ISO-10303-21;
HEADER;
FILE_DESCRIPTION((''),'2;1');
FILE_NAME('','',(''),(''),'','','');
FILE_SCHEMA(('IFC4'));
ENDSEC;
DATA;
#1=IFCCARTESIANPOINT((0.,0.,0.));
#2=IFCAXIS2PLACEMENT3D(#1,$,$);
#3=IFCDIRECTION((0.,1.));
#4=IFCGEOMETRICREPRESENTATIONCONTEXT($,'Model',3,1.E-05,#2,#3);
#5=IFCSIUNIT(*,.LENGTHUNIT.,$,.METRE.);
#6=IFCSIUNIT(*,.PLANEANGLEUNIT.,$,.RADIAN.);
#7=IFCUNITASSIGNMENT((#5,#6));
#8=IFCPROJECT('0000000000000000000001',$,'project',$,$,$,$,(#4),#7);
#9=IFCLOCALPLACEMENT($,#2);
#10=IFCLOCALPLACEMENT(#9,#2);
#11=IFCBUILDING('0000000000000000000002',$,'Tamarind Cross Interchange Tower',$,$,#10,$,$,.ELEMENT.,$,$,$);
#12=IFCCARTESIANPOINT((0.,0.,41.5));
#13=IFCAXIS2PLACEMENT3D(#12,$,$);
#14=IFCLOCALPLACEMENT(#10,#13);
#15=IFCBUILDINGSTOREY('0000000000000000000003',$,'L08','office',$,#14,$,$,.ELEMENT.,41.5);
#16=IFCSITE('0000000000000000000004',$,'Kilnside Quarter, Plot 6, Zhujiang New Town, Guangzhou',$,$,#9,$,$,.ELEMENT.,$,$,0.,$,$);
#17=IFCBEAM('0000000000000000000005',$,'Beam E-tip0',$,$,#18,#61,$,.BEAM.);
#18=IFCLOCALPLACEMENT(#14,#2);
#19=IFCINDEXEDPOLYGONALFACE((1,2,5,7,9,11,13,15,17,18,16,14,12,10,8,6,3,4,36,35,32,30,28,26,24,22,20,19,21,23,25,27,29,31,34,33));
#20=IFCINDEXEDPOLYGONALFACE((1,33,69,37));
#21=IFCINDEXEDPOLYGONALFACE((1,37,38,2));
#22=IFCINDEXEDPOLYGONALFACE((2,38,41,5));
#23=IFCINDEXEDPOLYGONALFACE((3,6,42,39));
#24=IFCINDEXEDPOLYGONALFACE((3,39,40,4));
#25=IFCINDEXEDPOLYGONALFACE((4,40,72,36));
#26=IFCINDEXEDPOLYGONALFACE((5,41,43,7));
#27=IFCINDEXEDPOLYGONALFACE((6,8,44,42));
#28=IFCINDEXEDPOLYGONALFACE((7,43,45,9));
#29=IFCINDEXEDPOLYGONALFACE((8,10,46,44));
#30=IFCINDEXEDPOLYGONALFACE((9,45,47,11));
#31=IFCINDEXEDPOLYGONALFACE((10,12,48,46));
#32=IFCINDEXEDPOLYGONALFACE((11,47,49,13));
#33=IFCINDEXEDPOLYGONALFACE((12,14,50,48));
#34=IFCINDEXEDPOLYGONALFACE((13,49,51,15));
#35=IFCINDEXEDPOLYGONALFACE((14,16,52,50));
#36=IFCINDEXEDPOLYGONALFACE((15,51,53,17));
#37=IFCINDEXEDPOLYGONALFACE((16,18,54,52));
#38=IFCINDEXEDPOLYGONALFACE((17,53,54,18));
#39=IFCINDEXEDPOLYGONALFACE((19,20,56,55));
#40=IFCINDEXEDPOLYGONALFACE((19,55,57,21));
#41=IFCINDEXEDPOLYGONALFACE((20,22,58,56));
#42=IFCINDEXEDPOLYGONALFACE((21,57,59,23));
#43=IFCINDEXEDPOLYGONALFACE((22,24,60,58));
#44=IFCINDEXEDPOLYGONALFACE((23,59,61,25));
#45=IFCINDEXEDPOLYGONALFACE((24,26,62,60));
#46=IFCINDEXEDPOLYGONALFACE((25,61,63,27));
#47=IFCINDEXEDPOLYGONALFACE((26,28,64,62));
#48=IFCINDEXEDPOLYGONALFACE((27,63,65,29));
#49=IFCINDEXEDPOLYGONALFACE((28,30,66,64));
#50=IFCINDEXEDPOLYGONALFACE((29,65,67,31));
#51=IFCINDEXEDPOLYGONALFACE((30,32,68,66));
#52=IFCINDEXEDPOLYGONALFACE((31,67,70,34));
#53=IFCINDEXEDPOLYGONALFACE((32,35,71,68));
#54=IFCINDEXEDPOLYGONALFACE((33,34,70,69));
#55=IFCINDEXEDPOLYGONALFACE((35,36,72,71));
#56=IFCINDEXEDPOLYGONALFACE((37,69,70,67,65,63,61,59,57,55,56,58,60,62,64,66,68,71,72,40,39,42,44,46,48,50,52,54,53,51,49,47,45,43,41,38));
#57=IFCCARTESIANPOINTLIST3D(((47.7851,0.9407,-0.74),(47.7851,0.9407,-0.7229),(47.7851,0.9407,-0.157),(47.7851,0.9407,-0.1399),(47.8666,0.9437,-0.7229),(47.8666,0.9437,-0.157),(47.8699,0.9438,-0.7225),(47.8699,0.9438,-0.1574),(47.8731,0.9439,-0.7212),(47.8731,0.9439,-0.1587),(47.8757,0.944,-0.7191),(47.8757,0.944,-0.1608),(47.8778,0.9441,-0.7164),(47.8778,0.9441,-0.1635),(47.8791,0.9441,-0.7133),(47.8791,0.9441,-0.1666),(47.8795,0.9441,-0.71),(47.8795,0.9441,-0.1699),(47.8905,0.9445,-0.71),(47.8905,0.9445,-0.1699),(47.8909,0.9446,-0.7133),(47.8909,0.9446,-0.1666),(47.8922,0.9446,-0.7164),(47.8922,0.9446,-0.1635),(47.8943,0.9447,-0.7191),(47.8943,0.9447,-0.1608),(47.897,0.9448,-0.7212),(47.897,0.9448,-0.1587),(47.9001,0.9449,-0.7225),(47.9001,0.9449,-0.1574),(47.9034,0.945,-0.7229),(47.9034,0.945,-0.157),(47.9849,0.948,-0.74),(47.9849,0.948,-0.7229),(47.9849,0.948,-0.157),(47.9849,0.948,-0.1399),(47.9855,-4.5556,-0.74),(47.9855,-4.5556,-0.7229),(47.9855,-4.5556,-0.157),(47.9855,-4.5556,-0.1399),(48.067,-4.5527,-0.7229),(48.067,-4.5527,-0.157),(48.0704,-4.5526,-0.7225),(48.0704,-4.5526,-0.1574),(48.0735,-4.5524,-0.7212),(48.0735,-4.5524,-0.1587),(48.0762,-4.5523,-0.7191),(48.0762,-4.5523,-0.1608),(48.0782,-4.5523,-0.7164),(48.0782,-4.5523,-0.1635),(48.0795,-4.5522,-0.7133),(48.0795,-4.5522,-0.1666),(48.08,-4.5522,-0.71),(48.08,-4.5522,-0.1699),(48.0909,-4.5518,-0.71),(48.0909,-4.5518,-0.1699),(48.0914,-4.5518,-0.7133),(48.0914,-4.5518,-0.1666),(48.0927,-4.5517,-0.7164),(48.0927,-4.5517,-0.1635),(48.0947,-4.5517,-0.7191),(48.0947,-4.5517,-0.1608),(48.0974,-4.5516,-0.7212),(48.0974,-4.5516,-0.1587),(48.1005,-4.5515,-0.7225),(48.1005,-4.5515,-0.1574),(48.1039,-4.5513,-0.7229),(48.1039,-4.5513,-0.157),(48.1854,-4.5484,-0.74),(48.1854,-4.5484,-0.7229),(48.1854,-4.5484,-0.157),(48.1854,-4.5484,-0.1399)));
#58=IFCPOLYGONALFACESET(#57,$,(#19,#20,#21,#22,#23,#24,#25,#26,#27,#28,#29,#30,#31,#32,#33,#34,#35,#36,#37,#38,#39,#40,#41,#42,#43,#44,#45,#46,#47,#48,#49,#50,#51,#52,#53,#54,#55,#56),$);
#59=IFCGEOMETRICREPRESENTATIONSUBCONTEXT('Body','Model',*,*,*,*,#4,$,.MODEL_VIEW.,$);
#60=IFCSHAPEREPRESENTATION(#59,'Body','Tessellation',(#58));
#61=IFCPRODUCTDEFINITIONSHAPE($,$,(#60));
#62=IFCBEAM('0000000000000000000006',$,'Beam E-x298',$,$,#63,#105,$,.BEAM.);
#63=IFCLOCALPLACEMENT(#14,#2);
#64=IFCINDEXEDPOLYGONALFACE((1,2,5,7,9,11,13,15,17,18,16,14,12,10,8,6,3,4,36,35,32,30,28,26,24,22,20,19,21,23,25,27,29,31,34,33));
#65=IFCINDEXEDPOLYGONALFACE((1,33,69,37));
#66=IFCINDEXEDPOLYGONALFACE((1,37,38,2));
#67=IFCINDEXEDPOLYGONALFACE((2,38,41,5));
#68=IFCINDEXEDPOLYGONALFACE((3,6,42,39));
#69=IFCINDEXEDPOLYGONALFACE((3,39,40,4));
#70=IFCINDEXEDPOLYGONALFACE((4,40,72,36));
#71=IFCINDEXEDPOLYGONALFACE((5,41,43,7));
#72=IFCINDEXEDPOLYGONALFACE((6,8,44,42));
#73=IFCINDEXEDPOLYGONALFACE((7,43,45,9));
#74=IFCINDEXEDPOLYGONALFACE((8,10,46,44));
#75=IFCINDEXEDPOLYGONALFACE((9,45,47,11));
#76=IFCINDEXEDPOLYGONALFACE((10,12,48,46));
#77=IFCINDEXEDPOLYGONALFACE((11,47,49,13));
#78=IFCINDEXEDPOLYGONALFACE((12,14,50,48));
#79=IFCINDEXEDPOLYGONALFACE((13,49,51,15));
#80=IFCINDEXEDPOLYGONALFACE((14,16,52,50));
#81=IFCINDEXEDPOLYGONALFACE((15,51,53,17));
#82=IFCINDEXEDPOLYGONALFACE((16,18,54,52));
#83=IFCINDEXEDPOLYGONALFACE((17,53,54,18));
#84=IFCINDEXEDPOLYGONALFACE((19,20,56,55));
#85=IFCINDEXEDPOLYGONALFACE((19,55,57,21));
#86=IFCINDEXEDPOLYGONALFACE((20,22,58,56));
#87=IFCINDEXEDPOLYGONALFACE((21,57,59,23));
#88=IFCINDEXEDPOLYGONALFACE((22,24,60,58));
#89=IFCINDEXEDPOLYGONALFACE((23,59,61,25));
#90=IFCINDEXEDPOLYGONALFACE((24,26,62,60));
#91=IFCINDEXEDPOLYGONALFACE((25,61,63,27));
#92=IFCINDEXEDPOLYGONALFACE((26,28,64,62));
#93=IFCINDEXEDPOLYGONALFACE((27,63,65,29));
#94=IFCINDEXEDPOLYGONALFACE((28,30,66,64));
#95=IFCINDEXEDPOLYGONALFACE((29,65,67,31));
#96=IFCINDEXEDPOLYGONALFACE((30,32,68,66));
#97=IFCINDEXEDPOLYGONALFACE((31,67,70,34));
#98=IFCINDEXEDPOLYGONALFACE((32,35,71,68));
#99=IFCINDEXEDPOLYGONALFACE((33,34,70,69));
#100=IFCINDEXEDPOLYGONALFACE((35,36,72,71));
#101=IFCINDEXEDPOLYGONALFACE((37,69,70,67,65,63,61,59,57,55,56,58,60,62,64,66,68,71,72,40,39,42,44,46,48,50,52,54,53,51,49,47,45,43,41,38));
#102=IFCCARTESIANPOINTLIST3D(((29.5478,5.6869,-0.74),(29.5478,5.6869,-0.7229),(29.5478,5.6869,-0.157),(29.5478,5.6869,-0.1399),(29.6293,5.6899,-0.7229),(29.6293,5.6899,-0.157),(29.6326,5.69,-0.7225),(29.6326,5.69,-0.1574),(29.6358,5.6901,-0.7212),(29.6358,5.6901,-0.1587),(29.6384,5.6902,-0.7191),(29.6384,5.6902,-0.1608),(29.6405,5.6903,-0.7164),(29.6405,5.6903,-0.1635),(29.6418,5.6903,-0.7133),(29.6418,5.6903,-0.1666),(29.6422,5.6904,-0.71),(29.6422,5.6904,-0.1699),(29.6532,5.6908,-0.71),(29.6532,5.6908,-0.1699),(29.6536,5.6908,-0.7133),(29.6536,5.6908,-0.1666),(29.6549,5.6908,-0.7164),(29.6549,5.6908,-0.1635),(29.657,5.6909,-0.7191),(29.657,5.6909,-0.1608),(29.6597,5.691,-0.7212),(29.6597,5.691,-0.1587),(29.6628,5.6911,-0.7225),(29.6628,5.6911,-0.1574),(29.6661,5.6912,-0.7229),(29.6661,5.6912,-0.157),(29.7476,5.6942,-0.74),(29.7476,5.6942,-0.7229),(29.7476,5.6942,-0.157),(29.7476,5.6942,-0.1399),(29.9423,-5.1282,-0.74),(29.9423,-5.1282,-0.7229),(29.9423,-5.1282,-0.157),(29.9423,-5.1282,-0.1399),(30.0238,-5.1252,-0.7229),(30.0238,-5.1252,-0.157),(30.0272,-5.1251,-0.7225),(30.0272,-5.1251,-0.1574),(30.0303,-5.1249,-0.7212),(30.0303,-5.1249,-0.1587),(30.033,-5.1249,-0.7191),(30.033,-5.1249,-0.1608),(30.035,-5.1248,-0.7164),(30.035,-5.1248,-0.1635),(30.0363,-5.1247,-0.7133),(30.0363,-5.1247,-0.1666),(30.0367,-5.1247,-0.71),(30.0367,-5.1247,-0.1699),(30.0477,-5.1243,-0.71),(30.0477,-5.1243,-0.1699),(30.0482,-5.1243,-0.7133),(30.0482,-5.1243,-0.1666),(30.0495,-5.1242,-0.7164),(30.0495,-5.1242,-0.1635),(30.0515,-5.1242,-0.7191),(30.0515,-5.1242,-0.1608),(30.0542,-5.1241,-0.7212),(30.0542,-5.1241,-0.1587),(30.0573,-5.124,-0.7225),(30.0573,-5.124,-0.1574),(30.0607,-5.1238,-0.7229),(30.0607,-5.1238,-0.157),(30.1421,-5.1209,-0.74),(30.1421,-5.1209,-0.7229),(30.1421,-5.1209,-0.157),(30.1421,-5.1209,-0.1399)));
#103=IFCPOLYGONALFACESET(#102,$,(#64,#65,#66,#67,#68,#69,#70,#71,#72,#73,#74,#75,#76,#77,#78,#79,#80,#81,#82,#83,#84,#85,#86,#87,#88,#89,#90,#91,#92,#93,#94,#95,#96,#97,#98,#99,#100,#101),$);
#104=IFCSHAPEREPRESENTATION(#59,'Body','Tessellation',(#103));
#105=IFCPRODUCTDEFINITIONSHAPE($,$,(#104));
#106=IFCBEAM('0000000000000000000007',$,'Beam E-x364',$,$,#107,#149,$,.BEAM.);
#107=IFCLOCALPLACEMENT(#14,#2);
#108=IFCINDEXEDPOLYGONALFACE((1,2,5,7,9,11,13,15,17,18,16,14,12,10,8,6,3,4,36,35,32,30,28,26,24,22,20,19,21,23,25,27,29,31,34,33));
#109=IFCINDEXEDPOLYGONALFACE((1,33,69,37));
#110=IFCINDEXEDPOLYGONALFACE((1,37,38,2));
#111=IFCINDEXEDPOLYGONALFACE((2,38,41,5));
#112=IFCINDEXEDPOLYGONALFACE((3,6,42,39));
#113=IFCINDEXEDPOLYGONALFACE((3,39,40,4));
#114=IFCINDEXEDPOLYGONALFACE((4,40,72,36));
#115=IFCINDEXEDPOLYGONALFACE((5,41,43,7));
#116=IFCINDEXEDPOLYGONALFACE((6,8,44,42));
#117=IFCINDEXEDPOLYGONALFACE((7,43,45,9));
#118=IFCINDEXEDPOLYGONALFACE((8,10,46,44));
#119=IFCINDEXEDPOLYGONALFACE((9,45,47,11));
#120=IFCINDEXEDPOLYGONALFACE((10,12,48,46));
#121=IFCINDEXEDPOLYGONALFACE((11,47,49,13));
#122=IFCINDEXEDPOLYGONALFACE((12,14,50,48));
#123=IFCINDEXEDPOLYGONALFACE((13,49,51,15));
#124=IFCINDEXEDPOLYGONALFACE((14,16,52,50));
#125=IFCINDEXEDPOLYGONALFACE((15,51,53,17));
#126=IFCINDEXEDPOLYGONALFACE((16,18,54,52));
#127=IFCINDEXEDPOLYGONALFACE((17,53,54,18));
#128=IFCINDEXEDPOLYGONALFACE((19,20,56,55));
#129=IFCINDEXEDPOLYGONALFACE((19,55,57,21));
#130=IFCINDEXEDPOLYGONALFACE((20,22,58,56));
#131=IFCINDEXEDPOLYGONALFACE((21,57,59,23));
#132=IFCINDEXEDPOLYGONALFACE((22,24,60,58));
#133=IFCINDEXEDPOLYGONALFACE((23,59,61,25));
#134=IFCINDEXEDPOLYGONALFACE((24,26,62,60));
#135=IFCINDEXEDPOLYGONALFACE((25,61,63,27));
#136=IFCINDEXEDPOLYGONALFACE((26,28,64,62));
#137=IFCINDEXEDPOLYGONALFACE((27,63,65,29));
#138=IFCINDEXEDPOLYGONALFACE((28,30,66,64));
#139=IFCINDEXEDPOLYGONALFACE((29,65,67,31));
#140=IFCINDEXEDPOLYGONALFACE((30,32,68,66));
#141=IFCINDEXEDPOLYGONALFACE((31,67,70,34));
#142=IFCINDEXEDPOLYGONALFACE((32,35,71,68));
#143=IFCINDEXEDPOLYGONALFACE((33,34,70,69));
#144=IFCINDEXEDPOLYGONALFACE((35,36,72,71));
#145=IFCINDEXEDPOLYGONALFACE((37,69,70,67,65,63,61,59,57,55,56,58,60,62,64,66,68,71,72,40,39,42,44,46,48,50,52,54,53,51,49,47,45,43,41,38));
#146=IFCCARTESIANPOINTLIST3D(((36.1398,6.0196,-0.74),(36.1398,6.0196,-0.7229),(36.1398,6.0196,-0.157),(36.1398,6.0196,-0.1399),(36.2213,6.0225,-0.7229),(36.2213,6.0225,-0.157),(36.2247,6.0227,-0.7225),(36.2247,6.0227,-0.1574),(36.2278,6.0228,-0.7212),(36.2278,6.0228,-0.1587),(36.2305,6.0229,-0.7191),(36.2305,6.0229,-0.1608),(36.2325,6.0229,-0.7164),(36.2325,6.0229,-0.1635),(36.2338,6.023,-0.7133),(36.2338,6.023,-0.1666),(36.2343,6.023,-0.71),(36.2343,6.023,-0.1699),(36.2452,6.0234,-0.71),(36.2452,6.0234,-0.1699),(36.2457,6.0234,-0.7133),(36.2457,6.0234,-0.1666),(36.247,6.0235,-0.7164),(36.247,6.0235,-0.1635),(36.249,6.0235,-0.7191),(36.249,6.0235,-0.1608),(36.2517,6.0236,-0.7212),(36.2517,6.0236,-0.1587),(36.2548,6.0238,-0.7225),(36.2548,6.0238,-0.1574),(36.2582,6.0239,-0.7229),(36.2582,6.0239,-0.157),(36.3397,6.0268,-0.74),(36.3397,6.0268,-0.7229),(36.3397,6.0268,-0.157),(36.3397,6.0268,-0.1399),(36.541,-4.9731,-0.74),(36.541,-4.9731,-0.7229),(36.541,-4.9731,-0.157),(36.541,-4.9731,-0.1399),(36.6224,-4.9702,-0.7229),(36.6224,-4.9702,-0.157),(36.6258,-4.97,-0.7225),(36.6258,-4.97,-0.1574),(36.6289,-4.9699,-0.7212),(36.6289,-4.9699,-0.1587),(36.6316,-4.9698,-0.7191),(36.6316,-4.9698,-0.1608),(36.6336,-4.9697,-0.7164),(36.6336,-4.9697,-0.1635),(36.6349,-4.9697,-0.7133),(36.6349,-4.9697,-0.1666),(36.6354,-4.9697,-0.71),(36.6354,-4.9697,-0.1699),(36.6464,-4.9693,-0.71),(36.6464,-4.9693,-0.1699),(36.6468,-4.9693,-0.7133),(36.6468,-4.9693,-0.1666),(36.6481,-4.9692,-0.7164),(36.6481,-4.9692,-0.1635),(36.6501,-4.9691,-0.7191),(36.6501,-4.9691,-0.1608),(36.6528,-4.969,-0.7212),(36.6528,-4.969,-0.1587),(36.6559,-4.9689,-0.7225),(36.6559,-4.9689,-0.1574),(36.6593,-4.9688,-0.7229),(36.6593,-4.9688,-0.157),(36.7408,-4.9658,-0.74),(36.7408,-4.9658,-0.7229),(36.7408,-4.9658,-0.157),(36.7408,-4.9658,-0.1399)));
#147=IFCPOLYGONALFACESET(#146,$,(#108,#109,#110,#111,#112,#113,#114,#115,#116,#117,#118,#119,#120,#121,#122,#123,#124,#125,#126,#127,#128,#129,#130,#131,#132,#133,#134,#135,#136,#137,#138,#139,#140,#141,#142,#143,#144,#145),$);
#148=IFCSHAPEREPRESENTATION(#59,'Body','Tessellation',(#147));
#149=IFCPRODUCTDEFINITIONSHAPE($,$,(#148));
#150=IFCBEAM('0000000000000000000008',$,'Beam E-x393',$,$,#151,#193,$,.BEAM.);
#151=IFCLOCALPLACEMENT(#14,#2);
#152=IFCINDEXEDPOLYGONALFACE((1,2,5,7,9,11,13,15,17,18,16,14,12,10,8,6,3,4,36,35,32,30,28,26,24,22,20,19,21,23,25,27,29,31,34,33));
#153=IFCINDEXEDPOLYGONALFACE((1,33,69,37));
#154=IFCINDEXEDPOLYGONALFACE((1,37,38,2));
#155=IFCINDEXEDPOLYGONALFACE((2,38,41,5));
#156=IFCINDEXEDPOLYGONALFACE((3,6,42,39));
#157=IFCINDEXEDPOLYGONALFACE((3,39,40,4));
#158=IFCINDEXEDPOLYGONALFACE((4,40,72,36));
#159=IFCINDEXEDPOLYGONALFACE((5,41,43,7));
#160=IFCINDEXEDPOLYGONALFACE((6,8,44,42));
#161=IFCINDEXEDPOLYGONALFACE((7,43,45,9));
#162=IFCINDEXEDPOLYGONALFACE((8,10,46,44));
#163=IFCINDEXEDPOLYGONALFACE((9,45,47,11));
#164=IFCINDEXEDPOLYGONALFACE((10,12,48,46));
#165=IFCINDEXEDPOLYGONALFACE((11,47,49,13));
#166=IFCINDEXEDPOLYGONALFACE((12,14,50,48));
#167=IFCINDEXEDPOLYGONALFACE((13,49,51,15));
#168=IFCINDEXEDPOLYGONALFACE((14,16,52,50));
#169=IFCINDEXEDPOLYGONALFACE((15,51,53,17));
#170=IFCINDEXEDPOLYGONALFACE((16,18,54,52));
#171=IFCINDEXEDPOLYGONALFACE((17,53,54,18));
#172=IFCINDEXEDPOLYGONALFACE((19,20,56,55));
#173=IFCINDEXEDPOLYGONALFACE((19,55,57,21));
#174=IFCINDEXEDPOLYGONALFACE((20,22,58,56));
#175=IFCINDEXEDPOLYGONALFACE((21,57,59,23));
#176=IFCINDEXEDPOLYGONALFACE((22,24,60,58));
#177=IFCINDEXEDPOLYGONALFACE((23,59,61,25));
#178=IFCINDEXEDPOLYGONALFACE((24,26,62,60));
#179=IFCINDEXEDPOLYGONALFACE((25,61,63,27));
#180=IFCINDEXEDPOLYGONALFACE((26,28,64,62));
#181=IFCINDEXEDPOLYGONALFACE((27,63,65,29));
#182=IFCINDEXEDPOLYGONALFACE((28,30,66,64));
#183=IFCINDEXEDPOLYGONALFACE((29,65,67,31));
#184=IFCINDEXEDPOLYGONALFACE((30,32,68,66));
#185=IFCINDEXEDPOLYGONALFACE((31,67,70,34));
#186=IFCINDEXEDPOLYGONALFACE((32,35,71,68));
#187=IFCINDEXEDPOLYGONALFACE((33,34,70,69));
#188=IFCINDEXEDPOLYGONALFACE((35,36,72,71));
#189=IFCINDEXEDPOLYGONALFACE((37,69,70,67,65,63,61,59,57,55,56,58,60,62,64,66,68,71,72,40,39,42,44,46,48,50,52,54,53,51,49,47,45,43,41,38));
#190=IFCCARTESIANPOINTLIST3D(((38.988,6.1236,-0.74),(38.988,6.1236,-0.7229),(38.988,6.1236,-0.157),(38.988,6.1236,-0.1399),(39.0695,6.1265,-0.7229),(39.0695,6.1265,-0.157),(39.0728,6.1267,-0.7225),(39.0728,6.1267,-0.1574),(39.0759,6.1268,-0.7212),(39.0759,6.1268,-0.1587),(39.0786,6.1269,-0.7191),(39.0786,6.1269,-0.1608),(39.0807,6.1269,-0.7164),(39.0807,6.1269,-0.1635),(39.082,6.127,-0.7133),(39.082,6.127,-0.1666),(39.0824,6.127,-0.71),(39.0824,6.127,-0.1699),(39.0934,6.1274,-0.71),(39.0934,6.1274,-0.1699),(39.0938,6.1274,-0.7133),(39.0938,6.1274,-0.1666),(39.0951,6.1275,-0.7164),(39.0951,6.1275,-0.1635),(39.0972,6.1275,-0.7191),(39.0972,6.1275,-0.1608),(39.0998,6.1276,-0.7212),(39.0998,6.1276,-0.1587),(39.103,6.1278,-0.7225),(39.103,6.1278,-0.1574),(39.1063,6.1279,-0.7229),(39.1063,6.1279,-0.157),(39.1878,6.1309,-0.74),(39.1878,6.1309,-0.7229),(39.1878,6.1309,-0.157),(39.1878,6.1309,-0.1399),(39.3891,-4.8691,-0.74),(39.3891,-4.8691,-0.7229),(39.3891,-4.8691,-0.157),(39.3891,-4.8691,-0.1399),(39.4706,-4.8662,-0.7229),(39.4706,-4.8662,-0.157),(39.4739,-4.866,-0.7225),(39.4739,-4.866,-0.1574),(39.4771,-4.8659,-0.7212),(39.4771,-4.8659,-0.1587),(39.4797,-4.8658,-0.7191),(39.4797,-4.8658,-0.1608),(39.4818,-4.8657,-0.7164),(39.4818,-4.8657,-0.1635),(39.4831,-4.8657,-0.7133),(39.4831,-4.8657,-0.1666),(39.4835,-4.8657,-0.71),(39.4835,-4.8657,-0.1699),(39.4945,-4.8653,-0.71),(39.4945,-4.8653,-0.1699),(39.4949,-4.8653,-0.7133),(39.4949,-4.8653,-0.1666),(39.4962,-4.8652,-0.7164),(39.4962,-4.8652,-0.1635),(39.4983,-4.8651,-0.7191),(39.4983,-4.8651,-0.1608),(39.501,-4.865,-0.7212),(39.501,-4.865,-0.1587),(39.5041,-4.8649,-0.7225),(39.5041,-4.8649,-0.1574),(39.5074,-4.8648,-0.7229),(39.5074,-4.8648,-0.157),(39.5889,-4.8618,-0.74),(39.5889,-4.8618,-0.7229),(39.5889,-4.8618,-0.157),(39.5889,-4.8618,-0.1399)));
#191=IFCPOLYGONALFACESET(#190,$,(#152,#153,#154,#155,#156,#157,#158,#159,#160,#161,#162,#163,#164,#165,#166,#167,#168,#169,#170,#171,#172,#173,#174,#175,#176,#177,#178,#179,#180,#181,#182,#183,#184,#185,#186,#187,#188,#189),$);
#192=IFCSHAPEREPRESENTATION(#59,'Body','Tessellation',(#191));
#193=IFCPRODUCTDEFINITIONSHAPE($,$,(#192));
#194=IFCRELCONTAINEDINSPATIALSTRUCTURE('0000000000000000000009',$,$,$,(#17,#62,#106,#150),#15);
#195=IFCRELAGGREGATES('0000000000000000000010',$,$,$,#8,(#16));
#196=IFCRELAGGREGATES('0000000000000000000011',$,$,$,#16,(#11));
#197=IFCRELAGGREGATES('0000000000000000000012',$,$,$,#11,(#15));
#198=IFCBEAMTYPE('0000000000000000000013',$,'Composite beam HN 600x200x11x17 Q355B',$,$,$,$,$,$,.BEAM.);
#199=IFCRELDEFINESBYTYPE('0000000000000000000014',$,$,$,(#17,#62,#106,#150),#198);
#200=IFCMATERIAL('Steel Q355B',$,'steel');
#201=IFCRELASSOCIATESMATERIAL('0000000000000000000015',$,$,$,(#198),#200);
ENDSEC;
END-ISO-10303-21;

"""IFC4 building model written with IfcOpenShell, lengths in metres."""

from ifc_helpers import new_model, si_unit, direction, frame, origin, origin_2d, place, context, subcontext, project, spatial, i_section, extrude, material, material_profile, profile_set, type_object, element, save


model = new_model("IFC4")

# Units and contexts
model_context = context("Model", 3, precision=1e-05, world=origin(), true_north=direction((0.0, 1.0)))
body_context = subcontext(model_context, "Body", "Model", "MODEL_VIEW")
ifc_project = project(units=[si_unit("LENGTHUNIT", "METRE"), si_unit("PLANEANGLEUNIT", "RADIAN")], contexts=[model_context])

# Site, building, storey
site_placement = place(None, origin())
site = spatial("IfcSite", under=ifc_project, at=site_placement, Name="Kilnside Quarter, Plot 6, Zhujiang New Town, Guangzhou", CompositionType="ELEMENT", RefElevation=0.0)
building_placement = place(site_placement, origin())
building = spatial("IfcBuilding", under=site, at=building_placement, Name="Tamarind Cross Interchange Tower", CompositionType="ELEMENT")
storey_placement = place(building_placement, frame((0.0, 0.0, 41.5)))
storey = spatial("IfcBuildingStorey", under=building, at=storey_placement, Name="L08", Description="office", CompositionType="ELEMENT", Elevation=41.5)

# Beams
ifc_material_1 = material(Name="Steel Q355B", Category="steel")
ifc_material_profile_1 = material_profile(ifc_material_1, i_section(OverallWidth=0.2, OverallDepth=0.6001, WebThickness=0.011, FlangeThickness=0.0171, FilletRadius=0.0129, at=origin_2d()), Name="HN 600x200x11x17")
ifc_profile_set_1 = profile_set([ifc_material_profile_1], Name="Steel Q355B")
beam_type_1 = type_object("IfcBeamType", Name="Composite beam HN 600x200x11x17 Q355B", PredefinedType="BEAM", material=ifc_profile_set_1)
beam_1_placement = place(storey_placement, frame((48.0854, -4.552, -0.4399), z_axis=(-0.036444, 0.999336, 0.0), x_axis=(-0.999336, -0.036444, 0.0)))
element("IfcBeam", 1, at=beam_1_placement, inside=storey, type_object=beam_type_1, Name="Beam E-tip0", PredefinedType="BEAM", context=body_context, shape_type="SweptSolid", body=[
    extrude(i_section(OverallWidth=0.2, OverallDepth=0.6001, WebThickness=0.011, FlangeThickness=0.0171, FilletRadius=0.0129, at=origin_2d()), origin(), (0.0, 0.0, 1.0), 5.5),
])
beam_2_placement = place(storey_placement, frame((30.0422, -5.1245, -0.4399), z_axis=(-0.036455, 0.999335, 0.0), x_axis=(-0.999335, -0.036455, 0.0)))
element("IfcBeam", 2, at=beam_2_placement, inside=storey, type_object=beam_type_1, Name="Beam E-x298", PredefinedType="BEAM", context=body_context, shape_type="SweptSolid", body=[
    extrude(i_section(OverallWidth=0.2, OverallDepth=0.6001, WebThickness=0.011, FlangeThickness=0.0171, FilletRadius=0.0129, at=origin_2d()), origin(), (0.0, 0.0, 1.0), 10.8223),
])
for number, where, z_axis, x_axis, name in (
    (3, (36.6409, -4.9695, -0.4399), (-0.036466, 0.999335, 0.0), (-0.999335, -0.036466, 0.0), "Beam E-x364"),
    (4, (39.489, -4.8655, -0.4399), (-0.036466, 0.999335, 0.0), (-0.999335, -0.036466, 0.0), "Beam E-x393"),
):
    element("IfcBeam", number, at=place(storey_placement, frame(where, z_axis=z_axis, x_axis=x_axis)), inside=storey, type_object=beam_type_1, Name=name, PredefinedType="BEAM", context=body_context, shape_type="SweptSolid", body=[
        extrude(i_section(OverallWidth=0.2, OverallDepth=0.6001, WebThickness=0.011, FlangeThickness=0.0171, FilletRadius=0.0129, at=origin_2d()), origin(), (0.0, 0.0, 1.0), 11.0),
    ])

save(model, "model.ifc")
